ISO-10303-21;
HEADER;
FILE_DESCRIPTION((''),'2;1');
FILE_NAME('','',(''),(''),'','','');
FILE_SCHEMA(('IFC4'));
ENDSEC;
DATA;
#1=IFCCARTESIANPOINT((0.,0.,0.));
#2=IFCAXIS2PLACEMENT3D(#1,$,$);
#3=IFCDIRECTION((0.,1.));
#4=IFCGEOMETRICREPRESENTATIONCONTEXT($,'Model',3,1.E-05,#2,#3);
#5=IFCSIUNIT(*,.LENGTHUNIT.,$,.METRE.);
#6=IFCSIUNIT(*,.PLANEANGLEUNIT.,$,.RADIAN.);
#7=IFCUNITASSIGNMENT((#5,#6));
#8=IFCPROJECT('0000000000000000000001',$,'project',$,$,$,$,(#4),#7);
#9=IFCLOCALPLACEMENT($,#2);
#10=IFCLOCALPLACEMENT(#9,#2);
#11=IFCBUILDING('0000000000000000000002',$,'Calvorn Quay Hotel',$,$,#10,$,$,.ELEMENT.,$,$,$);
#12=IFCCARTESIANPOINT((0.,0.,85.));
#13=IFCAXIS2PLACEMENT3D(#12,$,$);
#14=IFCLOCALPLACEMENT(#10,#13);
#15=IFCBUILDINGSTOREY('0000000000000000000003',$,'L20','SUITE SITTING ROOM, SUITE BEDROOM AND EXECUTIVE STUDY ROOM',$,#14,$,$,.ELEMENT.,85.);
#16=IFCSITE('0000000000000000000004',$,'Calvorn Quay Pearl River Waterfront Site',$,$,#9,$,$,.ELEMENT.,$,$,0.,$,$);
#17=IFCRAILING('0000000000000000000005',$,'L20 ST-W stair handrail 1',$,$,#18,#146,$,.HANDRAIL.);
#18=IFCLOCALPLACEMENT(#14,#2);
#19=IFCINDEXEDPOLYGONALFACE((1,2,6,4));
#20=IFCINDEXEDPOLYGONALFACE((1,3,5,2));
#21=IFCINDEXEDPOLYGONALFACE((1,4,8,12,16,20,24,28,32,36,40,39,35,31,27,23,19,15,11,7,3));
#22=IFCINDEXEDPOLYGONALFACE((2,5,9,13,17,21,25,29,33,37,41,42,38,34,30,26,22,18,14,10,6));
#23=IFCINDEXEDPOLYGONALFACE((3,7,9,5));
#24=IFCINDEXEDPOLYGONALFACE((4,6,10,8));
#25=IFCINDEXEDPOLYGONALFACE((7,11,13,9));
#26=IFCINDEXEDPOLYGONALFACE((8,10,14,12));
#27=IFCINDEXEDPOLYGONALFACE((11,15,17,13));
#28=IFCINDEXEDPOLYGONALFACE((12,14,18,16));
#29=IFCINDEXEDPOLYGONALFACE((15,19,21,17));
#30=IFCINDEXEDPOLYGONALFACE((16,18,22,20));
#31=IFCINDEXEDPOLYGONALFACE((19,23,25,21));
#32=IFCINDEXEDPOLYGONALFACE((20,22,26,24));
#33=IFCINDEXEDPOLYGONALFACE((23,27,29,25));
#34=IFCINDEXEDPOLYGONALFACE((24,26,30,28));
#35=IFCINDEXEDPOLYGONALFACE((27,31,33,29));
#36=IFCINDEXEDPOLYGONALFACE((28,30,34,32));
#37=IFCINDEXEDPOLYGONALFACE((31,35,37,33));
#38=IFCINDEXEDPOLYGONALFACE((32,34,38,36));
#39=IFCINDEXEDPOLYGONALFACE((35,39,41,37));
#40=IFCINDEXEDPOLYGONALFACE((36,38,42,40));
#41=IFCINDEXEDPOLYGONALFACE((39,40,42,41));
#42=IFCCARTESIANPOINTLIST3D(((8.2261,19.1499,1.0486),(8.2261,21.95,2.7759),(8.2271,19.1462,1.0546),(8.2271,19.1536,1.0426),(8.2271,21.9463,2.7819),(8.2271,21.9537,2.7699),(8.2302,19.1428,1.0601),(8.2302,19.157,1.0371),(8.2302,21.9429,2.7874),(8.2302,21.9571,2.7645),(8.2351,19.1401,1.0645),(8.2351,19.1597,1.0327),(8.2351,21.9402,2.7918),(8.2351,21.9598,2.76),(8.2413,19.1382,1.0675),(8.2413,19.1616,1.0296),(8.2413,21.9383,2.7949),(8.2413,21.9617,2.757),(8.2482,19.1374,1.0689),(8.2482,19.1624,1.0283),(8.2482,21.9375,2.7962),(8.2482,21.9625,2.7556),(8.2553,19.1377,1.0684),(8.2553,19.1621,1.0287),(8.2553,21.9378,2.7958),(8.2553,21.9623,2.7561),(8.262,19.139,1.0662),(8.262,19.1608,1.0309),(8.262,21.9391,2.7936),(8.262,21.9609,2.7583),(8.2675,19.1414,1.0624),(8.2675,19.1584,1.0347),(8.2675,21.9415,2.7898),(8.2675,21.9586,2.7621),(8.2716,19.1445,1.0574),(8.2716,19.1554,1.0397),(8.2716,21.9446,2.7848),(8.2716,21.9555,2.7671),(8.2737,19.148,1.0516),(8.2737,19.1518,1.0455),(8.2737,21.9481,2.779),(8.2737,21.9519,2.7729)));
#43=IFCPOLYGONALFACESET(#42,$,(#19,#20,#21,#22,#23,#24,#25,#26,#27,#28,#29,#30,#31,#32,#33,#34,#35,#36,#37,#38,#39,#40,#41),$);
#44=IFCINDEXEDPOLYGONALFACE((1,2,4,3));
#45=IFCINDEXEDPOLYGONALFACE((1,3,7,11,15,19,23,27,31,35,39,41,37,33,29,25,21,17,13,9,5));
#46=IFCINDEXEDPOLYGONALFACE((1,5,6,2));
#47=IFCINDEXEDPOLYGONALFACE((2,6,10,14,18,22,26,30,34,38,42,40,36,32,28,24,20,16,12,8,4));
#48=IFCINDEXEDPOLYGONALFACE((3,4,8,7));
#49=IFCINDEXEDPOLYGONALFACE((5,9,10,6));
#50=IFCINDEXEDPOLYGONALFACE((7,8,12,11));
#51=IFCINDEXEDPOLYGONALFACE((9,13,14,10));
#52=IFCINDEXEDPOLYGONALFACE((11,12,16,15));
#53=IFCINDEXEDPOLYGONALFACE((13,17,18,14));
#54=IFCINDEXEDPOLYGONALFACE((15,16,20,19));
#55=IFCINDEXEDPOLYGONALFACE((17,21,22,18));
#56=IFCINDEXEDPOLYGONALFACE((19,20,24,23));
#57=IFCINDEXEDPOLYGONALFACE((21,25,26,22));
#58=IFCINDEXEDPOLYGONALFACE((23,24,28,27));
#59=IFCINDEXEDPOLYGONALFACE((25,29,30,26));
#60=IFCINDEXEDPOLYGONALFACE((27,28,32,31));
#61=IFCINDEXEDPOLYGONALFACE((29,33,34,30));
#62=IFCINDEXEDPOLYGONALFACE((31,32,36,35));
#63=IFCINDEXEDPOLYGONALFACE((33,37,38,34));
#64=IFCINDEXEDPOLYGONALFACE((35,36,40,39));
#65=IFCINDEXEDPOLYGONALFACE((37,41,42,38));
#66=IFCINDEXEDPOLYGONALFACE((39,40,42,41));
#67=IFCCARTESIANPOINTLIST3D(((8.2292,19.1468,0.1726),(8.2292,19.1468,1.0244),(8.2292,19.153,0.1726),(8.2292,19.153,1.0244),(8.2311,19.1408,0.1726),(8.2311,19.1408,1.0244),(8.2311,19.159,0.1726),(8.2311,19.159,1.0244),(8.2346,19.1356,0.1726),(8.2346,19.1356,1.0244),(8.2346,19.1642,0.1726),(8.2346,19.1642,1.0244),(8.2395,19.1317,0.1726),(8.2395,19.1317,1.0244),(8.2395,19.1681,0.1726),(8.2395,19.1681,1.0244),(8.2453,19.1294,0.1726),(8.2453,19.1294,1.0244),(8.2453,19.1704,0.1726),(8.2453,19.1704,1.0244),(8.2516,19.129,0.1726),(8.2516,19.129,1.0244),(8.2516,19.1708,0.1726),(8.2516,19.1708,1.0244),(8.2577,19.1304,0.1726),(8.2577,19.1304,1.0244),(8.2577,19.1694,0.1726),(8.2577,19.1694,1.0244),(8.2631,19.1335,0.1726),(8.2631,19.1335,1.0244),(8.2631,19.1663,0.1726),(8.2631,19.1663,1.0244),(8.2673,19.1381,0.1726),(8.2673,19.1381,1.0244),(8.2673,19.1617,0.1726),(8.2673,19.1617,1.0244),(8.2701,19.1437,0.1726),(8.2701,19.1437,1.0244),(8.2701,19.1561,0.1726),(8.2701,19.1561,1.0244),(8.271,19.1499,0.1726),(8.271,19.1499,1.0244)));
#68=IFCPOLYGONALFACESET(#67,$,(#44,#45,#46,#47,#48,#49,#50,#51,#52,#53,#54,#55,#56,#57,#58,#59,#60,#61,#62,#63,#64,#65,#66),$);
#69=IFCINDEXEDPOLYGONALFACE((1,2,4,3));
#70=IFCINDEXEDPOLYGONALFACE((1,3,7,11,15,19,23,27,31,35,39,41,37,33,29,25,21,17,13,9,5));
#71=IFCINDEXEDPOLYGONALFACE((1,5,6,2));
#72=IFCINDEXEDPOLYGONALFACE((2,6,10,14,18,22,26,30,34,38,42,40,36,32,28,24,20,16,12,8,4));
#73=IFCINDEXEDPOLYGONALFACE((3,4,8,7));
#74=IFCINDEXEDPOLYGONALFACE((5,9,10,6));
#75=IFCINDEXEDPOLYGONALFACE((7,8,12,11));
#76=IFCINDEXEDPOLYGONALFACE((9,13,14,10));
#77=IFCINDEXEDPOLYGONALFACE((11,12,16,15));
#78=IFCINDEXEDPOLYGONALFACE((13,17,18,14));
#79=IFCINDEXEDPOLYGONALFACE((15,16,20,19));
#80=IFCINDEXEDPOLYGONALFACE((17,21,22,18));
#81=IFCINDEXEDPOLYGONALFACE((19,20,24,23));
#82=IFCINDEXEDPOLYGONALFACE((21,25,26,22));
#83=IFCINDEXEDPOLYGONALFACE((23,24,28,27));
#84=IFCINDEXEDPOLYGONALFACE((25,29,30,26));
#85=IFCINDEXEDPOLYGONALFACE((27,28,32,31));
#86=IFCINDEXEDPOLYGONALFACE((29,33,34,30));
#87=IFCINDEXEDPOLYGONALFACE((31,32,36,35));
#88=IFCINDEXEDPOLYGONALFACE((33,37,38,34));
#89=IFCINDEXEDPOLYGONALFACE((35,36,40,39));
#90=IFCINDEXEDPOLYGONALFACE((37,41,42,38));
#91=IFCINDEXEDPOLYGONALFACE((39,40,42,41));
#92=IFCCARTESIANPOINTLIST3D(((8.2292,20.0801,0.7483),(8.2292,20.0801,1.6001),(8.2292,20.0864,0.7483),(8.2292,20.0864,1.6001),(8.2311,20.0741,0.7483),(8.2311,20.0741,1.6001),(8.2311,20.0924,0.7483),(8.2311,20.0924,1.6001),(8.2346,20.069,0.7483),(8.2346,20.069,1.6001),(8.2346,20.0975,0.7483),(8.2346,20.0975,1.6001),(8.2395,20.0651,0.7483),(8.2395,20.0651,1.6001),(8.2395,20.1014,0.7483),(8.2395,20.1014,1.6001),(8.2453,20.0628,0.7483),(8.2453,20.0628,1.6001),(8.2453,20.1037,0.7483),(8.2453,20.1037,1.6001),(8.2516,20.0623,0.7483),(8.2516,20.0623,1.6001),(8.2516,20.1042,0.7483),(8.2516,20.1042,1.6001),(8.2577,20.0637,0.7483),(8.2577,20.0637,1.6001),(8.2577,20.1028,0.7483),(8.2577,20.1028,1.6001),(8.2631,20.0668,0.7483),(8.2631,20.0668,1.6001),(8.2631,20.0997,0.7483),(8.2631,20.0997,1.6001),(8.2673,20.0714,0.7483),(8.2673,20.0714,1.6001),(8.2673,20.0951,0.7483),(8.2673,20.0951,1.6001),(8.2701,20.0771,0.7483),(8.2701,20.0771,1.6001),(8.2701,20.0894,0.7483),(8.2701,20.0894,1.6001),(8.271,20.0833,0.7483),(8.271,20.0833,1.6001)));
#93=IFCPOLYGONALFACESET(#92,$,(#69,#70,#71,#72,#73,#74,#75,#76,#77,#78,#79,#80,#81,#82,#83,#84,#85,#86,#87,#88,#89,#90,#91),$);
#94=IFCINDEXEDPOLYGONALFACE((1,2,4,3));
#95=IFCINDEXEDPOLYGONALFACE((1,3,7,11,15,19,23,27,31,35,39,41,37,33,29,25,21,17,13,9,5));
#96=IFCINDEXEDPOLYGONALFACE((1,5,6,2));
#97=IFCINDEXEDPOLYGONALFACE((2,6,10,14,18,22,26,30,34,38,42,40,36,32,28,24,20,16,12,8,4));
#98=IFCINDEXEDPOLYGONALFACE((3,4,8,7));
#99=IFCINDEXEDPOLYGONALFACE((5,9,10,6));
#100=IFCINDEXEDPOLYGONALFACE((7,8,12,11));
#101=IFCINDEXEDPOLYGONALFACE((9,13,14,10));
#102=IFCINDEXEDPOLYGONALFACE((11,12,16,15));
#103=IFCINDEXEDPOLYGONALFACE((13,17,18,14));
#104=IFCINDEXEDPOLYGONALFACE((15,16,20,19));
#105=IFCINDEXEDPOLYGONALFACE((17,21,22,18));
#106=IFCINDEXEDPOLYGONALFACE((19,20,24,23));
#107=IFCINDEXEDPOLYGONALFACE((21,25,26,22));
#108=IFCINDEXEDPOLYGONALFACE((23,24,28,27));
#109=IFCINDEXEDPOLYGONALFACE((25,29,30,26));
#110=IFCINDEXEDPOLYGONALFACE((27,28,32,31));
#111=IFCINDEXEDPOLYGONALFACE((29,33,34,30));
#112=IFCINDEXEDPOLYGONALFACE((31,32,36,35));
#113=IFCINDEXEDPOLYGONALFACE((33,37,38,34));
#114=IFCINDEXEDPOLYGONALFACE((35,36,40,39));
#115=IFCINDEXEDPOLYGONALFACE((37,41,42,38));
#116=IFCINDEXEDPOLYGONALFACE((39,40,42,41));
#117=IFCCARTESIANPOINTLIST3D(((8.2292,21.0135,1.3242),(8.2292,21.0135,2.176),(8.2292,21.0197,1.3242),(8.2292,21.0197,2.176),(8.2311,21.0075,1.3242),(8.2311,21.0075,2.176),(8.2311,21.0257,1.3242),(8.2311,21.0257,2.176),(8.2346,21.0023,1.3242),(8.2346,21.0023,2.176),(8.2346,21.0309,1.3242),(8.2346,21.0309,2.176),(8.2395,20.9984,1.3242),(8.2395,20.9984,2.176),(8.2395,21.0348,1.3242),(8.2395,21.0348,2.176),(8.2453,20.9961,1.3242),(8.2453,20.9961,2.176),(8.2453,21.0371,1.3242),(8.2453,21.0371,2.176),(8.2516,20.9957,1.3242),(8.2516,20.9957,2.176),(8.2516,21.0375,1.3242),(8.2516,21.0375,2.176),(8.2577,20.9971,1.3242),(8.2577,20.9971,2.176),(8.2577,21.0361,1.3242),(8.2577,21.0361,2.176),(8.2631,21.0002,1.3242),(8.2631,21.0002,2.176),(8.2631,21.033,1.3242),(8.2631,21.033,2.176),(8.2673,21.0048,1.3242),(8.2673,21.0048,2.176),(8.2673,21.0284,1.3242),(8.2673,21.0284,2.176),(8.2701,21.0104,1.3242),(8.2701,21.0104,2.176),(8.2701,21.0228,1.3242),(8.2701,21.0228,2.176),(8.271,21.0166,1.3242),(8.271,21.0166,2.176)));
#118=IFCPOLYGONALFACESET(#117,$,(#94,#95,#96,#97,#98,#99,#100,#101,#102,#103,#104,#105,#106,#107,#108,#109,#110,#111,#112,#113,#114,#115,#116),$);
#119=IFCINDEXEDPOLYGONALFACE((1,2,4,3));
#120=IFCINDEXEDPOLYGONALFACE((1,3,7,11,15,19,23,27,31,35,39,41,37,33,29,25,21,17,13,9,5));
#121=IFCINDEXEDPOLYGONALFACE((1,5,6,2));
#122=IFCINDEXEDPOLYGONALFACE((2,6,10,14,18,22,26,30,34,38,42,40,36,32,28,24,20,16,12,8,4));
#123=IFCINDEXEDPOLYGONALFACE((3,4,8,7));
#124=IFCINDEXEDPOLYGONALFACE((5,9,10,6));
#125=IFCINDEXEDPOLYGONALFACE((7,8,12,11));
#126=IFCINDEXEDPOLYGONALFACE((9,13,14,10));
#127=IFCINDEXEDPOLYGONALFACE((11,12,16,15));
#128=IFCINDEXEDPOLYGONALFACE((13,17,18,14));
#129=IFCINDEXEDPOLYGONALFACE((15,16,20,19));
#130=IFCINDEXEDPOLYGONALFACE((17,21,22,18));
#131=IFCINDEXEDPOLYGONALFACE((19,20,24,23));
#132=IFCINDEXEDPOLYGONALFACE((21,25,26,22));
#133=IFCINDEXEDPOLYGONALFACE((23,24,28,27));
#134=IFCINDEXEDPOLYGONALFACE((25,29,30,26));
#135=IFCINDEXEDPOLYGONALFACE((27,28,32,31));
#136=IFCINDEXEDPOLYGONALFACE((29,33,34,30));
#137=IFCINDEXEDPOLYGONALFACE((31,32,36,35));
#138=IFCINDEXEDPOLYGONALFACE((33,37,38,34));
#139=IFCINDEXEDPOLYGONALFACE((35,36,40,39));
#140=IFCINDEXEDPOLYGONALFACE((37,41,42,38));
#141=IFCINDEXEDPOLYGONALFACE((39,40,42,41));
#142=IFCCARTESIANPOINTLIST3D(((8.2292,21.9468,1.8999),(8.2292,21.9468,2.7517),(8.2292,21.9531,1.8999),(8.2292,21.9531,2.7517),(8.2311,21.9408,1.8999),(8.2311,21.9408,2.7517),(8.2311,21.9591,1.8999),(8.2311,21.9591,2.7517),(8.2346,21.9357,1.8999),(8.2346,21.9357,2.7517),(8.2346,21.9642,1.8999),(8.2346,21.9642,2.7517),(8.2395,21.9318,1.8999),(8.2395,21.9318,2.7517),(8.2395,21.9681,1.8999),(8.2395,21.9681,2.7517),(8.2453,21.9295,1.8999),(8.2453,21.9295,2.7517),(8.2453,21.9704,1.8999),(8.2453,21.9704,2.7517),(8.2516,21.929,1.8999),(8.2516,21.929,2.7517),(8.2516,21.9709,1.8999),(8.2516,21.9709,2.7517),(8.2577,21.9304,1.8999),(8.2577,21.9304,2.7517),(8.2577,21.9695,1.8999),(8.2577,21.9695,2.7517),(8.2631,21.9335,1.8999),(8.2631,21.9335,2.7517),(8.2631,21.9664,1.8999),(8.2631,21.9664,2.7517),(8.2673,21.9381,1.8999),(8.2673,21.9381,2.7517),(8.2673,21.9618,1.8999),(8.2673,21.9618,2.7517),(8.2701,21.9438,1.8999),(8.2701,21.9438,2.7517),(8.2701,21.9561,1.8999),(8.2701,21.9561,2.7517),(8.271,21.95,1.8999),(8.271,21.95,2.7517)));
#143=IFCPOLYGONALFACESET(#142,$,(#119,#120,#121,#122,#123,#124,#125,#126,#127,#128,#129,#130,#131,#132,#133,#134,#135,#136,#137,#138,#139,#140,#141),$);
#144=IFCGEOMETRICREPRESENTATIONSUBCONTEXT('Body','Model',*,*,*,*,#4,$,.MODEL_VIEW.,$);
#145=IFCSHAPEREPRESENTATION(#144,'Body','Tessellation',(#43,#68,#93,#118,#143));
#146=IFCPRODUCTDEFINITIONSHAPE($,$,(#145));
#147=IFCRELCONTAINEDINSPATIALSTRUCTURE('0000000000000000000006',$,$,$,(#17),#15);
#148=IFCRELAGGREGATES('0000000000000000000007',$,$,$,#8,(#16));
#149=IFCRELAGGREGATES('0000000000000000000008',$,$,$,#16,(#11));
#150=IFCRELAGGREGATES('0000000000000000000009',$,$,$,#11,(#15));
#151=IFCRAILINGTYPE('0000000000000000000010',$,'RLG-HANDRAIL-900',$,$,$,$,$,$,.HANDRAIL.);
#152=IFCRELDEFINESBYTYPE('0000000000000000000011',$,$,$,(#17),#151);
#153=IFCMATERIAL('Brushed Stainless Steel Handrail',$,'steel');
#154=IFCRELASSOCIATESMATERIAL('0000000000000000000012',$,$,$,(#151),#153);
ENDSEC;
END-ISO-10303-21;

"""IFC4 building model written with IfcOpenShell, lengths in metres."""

from ifc_helpers import new_model, si_unit, direction, frame, origin, origin_2d, place, context, subcontext, project, spatial, circle, extrude, material, type_object, element, save


model = new_model("IFC4")

# Units and contexts
model_context = context("Model", 3, precision=1e-05, world=origin(), true_north=direction((0.0, 1.0)))
body_context = subcontext(model_context, "Body", "Model", "MODEL_VIEW")
ifc_project = project(units=[si_unit("LENGTHUNIT", "METRE"), si_unit("PLANEANGLEUNIT", "RADIAN")], contexts=[model_context])

# Site, building, storey
site_placement = place(None, origin())
site = spatial("IfcSite", under=ifc_project, at=site_placement, Name="Calvorn Quay Pearl River Waterfront Site", CompositionType="ELEMENT", RefElevation=0.0)
building_placement = place(site_placement, origin())
building = spatial("IfcBuilding", under=site, at=building_placement, Name="Calvorn Quay Hotel", CompositionType="ELEMENT")
storey_placement = place(building_placement, frame((0.0, 0.0, 85.0)))
storey = spatial("IfcBuildingStorey", under=building, at=storey_placement, Name="L20", Description="SUITE SITTING ROOM, SUITE BEDROOM AND EXECUTIVE STUDY ROOM", CompositionType="ELEMENT", Elevation=85.0)

# Railing
ifc_material_1 = material(Name="Brushed Stainless Steel Handrail", Category="steel")
railing_type_1 = type_object("IfcRailingType", Name="RLG-HANDRAIL-900", PredefinedType="HANDRAIL", material=ifc_material_1)
railing_1_placement = place(storey_placement, frame((8.25, 19.1499, 0.1726)))
element("IfcRailing", 1, at=railing_1_placement, inside=storey, type_object=railing_type_1, Name="L20 ST-W stair handrail 1", PredefinedType="HANDRAIL", context=body_context, shape_type="SweptSolid", body=[
    extrude(circle(Radius=0.0239, at=origin_2d()), frame((0.0, 0.0, 0.876), z_axis=(0.0, 0.85109, 0.52502), x_axis=(-1.0, 0.0, 0.0)), (0.0, 0.0, 1.0), 3.29),
    extrude(circle(Radius=0.021, at=origin_2d()), origin(), (0.0, 0.0, 1.0), 0.8518),
    extrude(circle(Radius=0.021, at=origin_2d()), frame((0.0, 0.9333, 0.5757)), (0.0, 0.0, 1.0), 0.8518),
    extrude(circle(Radius=0.021, at=origin_2d()), frame((0.0, 1.8667, 1.1516)), (0.0, 0.0, 1.0), 0.8518),
    extrude(circle(Radius=0.021, at=origin_2d()), frame((0.0, 2.8, 1.7273)), (0.0, 0.0, 1.0), 0.8518),
])

save(model, "model.ifc")
